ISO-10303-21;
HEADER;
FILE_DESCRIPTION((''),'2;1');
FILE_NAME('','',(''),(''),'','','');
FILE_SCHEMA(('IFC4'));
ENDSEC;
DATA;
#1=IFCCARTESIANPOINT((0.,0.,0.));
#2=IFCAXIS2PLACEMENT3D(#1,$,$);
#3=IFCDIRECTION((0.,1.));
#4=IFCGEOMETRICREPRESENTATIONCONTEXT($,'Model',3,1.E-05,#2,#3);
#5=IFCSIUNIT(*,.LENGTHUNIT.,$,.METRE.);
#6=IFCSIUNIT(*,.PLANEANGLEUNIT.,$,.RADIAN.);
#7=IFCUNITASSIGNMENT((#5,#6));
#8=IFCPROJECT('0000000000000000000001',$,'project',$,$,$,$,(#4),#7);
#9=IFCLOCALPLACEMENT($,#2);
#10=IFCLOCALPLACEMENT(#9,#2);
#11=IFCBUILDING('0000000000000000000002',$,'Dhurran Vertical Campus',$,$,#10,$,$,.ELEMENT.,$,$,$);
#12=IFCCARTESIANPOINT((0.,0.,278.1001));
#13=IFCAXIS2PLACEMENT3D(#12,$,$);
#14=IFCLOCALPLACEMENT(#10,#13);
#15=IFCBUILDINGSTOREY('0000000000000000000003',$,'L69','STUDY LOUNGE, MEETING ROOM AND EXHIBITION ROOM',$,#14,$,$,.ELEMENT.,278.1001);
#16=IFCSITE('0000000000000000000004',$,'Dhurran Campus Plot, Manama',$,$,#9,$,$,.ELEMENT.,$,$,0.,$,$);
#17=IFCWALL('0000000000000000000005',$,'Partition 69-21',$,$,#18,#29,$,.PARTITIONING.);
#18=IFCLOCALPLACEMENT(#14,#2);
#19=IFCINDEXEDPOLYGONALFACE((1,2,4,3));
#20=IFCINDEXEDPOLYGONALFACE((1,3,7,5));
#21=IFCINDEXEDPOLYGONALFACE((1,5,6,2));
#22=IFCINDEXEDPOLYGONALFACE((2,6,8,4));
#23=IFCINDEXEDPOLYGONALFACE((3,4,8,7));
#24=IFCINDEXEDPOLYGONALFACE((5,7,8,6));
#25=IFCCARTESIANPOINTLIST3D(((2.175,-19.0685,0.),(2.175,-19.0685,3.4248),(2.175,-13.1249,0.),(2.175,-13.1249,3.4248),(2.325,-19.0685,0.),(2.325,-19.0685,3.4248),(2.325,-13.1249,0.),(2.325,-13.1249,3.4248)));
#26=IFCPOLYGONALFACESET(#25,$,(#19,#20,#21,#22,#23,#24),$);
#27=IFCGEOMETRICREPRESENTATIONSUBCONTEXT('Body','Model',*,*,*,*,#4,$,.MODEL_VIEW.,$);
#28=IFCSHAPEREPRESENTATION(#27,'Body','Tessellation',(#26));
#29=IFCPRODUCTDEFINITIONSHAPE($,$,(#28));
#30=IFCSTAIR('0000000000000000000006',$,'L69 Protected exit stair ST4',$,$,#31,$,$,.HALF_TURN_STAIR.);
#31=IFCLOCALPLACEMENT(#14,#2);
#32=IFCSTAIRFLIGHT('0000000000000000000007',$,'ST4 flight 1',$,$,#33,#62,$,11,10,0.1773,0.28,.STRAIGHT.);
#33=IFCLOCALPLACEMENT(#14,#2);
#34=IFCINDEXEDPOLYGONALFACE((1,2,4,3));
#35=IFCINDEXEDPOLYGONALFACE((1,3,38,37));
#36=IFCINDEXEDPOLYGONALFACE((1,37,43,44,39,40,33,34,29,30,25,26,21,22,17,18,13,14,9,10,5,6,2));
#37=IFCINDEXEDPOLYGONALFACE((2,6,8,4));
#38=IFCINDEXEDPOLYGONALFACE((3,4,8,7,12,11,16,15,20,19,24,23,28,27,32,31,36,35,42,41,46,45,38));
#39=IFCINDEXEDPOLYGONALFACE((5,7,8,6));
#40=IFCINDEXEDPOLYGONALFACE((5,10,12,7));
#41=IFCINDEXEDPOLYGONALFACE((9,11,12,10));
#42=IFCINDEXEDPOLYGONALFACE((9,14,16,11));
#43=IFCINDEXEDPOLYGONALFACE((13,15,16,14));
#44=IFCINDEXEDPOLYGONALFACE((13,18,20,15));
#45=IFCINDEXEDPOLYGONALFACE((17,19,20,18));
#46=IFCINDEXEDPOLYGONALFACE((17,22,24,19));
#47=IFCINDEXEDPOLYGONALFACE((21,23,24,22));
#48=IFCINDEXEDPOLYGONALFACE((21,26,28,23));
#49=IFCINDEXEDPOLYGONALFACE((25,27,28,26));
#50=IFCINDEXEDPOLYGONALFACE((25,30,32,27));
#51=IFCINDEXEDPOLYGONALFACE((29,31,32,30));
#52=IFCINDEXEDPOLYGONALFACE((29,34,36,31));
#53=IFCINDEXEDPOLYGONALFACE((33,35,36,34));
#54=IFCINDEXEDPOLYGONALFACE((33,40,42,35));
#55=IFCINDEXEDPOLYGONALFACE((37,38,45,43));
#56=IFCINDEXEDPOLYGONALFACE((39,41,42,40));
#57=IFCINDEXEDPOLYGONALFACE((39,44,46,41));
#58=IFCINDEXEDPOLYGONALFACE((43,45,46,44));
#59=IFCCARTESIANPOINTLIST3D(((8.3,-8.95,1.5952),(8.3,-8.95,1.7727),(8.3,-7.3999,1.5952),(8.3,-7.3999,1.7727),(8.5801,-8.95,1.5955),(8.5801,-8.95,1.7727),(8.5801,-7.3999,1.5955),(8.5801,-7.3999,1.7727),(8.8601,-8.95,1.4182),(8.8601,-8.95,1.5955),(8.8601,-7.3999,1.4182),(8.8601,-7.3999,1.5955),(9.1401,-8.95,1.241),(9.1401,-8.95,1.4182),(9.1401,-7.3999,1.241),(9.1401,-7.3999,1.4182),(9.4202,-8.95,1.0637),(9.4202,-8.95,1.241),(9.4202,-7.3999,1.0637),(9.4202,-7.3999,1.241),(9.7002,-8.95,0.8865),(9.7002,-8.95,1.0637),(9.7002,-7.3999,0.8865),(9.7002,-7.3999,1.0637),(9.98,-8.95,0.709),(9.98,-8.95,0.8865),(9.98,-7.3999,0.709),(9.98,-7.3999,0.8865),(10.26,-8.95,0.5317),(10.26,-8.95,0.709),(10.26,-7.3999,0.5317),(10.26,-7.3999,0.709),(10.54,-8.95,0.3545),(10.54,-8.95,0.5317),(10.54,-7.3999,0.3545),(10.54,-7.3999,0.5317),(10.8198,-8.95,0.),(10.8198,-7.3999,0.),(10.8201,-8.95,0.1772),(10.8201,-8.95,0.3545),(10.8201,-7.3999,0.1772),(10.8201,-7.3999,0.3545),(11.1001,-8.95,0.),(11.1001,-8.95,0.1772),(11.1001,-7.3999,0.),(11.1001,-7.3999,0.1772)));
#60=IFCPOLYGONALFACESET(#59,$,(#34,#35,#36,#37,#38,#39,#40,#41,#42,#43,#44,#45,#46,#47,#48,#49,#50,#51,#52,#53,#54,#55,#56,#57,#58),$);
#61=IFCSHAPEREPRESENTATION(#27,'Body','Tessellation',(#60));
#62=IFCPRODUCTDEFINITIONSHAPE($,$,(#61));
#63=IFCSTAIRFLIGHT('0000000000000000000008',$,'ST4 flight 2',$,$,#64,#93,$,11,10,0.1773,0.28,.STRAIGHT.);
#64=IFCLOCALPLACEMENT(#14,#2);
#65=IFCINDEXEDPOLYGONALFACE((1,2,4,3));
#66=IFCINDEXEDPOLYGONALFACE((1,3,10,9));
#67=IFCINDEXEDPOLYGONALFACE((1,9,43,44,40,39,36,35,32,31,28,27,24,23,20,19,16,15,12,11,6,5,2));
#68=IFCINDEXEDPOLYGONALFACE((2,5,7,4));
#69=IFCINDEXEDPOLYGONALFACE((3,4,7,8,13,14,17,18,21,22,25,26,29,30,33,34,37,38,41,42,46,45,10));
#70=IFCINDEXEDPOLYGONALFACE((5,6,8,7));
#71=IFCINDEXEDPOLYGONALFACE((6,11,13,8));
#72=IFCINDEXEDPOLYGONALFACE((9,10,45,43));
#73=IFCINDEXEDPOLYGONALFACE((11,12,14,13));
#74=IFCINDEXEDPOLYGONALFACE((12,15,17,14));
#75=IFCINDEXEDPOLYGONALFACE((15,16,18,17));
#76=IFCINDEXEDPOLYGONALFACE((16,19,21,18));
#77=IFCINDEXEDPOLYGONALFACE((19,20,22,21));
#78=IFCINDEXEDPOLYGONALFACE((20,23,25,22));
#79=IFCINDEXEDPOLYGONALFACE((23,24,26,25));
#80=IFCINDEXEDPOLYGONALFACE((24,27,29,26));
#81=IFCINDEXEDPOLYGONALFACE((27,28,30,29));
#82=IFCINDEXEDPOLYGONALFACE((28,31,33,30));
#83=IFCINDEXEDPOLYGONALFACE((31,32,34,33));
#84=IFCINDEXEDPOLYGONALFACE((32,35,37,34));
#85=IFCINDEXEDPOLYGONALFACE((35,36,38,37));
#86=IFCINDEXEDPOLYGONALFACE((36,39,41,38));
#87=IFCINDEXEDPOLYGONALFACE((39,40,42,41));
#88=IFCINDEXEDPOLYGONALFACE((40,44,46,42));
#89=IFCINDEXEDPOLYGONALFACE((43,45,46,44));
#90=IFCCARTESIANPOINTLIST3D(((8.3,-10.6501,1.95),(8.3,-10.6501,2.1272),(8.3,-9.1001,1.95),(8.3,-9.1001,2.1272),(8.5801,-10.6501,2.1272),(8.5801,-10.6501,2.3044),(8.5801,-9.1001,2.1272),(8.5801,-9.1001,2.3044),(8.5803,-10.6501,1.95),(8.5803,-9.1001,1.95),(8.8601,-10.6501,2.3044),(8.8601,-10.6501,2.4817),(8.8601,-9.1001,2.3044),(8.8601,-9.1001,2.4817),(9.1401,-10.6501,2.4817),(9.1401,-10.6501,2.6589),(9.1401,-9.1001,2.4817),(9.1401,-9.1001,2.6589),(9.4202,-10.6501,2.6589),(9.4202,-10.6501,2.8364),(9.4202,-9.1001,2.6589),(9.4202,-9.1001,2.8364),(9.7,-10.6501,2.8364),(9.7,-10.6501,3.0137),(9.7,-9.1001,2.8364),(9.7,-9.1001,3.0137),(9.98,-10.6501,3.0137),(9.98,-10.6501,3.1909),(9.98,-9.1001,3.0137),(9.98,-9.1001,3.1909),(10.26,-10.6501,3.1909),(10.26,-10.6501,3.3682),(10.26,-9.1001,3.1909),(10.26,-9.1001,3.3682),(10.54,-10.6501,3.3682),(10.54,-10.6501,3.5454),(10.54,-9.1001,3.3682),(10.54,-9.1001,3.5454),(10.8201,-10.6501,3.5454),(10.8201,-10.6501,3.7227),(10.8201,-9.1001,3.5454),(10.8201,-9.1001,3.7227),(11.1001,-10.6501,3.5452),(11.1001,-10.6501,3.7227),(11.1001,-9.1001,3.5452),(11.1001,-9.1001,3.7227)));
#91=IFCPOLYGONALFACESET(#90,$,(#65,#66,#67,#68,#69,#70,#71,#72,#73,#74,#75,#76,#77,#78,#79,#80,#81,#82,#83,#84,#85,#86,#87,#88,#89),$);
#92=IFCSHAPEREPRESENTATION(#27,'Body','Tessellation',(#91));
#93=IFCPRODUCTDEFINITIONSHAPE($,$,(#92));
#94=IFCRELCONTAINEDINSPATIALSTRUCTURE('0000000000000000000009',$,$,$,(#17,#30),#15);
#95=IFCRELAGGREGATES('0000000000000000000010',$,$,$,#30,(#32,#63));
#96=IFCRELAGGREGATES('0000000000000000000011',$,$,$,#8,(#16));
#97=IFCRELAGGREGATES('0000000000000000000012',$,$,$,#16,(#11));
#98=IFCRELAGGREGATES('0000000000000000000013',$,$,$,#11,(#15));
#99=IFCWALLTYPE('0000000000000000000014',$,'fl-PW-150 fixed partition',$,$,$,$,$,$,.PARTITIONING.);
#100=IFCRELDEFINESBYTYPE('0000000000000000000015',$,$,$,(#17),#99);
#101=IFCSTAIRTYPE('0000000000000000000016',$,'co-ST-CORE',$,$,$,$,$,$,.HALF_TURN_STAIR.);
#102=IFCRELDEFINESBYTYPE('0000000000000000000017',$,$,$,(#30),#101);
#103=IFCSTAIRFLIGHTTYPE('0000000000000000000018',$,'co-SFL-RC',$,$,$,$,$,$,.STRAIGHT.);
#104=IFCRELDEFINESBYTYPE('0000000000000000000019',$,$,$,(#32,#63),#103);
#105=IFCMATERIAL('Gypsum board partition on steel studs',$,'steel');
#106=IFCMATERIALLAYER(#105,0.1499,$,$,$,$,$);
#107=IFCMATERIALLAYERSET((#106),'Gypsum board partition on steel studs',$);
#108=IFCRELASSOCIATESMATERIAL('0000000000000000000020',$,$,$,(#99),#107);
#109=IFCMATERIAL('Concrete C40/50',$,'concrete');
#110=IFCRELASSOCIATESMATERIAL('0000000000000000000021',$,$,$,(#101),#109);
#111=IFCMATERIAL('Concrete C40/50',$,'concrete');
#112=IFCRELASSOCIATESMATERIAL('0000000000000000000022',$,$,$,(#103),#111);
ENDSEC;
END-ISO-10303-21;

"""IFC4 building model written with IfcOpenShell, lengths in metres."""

from ifc_helpers import new_model, si_unit, direction, frame, frame_2d, origin, place, context, subcontext, project, spatial, polyline, rectangle, outline, extrude, material, layer, layer_set, type_object, element, aggregate, save


model = new_model("IFC4")

# Units and contexts
model_context = context("Model", 3, precision=1e-05, world=origin(), true_north=direction((0.0, 1.0)))
body_context = subcontext(model_context, "Body", "Model", "MODEL_VIEW")
ifc_project = project(units=[si_unit("LENGTHUNIT", "METRE"), si_unit("PLANEANGLEUNIT", "RADIAN")], contexts=[model_context])

# Site, building, storey
site_placement = place(None, origin())
site = spatial("IfcSite", under=ifc_project, at=site_placement, Name="Dhurran Campus Plot, Manama", CompositionType="ELEMENT", RefElevation=0.0)
building_placement = place(site_placement, origin())
building = spatial("IfcBuilding", under=site, at=building_placement, Name="Dhurran Vertical Campus", CompositionType="ELEMENT")
storey_placement = place(building_placement, frame((0.0, 0.0, 278.1001)))
storey = spatial("IfcBuildingStorey", under=building, at=storey_placement, Name="L69", Description="STUDY LOUNGE, MEETING ROOM AND EXHIBITION ROOM", CompositionType="ELEMENT", Elevation=278.1001)

# Wall
ifc_material_1 = material(Name="Gypsum board partition on steel studs", Category="steel")
ifc_layer_1 = layer(ifc_material_1, 0.1499)
ifc_layer_set_1 = layer_set([ifc_layer_1], Name="Gypsum board partition on steel studs")
wall_type_1 = type_object("IfcWallType", Name="fl-PW-150 fixed partition", PredefinedType="PARTITIONING", material=ifc_layer_set_1)
wall_1_placement = place(storey_placement, frame((2.25, -13.125, 0.0), z_axis=(0.0, 0.0, 1.0), x_axis=(0.0, -1.0, 0.0)))
element("IfcWall", 1, at=wall_1_placement, inside=storey, type_object=wall_type_1, Name="Partition 69-21", PredefinedType="PARTITIONING", context=body_context, shape_type="SweptSolid", body=[
    extrude(rectangle(XDim=5.9436, YDim=0.1499, at=frame_2d((2.9717, 0.0))), origin(), (0.0, 0.0, 1.0), 3.4248),
])

# Stair, stair flights
ifc_material_2 = material(Name="Concrete C40/50", Category="concrete")
stair_type = type_object("IfcStairType", Name="co-ST-CORE", PredefinedType="HALF_TURN_STAIR", material=ifc_material_2)
stair_placement = place(storey_placement, origin())
stair = element("IfcStair", 2, at=stair_placement, inside=storey, type_object=stair_type, Name="L69 Protected exit stair ST4", PredefinedType="HALF_TURN_STAIR")
ifc_material_3 = material(Name="Concrete C40/50", Category="concrete")
stair_flight_type = type_object("IfcStairFlightType", Name="co-SFL-RC", PredefinedType="STRAIGHT", material=ifc_material_3)
stair_flight_1_placement = place(storey_placement, frame((11.1001, -8.175, 0.0), z_axis=(0.0, 0.0, 1.0), x_axis=(-1.0, 0.0, 0.0)))
stair_flight_1 = element("IfcStairFlight", 3, at=stair_flight_1_placement, type_object=stair_flight_type, Name="ST4 flight 1", NumberOfRisers=11, NumberOfTreads=10, PredefinedType="STRAIGHT", RiserHeight=0.1773, TreadLength=0.28, context=body_context, shape_type="SweptSolid", body=[
    extrude(outline(polyline([(0.0, 0.0), (0.0, 0.1772), (0.28, 0.1772), (0.28, 0.3545), (0.5601, 0.3545), (0.5601, 0.5317), (0.8401, 0.5317), (0.8401, 0.709), (1.1201, 0.709), (1.1201, 0.8865), (1.3999, 0.8865), (1.3999, 1.0637), (1.6799, 1.0637), (1.6799, 1.241), (1.96, 1.241), (1.96, 1.4182), (2.24, 1.4182), (2.24, 1.5955), (2.52, 1.5955), (2.52, 1.7727), (2.8, 1.7727), (2.8, 1.95), (2.8, 1.5952), (0.2803, 0.0), (0.0, 0.0)])), frame((0.0, 0.7749, 0.0), z_axis=(0.0, -1.0, 0.0), x_axis=(1.0, 0.0, 0.0)), (0.0, 0.0, 1.0), 1.55),
])
stair_flight_2_placement = place(storey_placement, frame((8.3, -9.875, 1.95), z_axis=(0.0, 0.0, 1.0), x_axis=(1.0, 0.0, 0.0)))
stair_flight_2 = element("IfcStairFlight", 4, at=stair_flight_2_placement, type_object=stair_flight_type, Name="ST4 flight 2", NumberOfRisers=11, NumberOfTreads=10, PredefinedType="STRAIGHT", RiserHeight=0.1773, TreadLength=0.28, context=body_context, shape_type="SweptSolid", body=[
    extrude(outline(polyline([(0.0, 0.0), (0.0, 0.1772), (0.28, 0.1772), (0.28, 0.3545), (0.5601, 0.3545), (0.5601, 0.5317), (0.8401, 0.5317), (0.8401, 0.709), (1.1201, 0.709), (1.1201, 0.8865), (1.3999, 0.8865), (1.3999, 1.0637), (1.6799, 1.0637), (1.6799, 1.241), (1.96, 1.241), (1.96, 1.4182), (2.24, 1.4182), (2.24, 1.5955), (2.52, 1.5955), (2.52, 1.7727), (2.8, 1.7727), (2.8, 1.95), (2.8, 1.5952), (0.2803, 0.0), (0.0, 0.0)])), frame((0.0, 0.7749, 0.0), z_axis=(0.0, -1.0, 0.0), x_axis=(1.0, 0.0, 0.0)), (0.0, 0.0, 1.0), 1.55),
])
aggregate(stair, [stair_flight_1, stair_flight_2])

save(model, "model.ifc")
